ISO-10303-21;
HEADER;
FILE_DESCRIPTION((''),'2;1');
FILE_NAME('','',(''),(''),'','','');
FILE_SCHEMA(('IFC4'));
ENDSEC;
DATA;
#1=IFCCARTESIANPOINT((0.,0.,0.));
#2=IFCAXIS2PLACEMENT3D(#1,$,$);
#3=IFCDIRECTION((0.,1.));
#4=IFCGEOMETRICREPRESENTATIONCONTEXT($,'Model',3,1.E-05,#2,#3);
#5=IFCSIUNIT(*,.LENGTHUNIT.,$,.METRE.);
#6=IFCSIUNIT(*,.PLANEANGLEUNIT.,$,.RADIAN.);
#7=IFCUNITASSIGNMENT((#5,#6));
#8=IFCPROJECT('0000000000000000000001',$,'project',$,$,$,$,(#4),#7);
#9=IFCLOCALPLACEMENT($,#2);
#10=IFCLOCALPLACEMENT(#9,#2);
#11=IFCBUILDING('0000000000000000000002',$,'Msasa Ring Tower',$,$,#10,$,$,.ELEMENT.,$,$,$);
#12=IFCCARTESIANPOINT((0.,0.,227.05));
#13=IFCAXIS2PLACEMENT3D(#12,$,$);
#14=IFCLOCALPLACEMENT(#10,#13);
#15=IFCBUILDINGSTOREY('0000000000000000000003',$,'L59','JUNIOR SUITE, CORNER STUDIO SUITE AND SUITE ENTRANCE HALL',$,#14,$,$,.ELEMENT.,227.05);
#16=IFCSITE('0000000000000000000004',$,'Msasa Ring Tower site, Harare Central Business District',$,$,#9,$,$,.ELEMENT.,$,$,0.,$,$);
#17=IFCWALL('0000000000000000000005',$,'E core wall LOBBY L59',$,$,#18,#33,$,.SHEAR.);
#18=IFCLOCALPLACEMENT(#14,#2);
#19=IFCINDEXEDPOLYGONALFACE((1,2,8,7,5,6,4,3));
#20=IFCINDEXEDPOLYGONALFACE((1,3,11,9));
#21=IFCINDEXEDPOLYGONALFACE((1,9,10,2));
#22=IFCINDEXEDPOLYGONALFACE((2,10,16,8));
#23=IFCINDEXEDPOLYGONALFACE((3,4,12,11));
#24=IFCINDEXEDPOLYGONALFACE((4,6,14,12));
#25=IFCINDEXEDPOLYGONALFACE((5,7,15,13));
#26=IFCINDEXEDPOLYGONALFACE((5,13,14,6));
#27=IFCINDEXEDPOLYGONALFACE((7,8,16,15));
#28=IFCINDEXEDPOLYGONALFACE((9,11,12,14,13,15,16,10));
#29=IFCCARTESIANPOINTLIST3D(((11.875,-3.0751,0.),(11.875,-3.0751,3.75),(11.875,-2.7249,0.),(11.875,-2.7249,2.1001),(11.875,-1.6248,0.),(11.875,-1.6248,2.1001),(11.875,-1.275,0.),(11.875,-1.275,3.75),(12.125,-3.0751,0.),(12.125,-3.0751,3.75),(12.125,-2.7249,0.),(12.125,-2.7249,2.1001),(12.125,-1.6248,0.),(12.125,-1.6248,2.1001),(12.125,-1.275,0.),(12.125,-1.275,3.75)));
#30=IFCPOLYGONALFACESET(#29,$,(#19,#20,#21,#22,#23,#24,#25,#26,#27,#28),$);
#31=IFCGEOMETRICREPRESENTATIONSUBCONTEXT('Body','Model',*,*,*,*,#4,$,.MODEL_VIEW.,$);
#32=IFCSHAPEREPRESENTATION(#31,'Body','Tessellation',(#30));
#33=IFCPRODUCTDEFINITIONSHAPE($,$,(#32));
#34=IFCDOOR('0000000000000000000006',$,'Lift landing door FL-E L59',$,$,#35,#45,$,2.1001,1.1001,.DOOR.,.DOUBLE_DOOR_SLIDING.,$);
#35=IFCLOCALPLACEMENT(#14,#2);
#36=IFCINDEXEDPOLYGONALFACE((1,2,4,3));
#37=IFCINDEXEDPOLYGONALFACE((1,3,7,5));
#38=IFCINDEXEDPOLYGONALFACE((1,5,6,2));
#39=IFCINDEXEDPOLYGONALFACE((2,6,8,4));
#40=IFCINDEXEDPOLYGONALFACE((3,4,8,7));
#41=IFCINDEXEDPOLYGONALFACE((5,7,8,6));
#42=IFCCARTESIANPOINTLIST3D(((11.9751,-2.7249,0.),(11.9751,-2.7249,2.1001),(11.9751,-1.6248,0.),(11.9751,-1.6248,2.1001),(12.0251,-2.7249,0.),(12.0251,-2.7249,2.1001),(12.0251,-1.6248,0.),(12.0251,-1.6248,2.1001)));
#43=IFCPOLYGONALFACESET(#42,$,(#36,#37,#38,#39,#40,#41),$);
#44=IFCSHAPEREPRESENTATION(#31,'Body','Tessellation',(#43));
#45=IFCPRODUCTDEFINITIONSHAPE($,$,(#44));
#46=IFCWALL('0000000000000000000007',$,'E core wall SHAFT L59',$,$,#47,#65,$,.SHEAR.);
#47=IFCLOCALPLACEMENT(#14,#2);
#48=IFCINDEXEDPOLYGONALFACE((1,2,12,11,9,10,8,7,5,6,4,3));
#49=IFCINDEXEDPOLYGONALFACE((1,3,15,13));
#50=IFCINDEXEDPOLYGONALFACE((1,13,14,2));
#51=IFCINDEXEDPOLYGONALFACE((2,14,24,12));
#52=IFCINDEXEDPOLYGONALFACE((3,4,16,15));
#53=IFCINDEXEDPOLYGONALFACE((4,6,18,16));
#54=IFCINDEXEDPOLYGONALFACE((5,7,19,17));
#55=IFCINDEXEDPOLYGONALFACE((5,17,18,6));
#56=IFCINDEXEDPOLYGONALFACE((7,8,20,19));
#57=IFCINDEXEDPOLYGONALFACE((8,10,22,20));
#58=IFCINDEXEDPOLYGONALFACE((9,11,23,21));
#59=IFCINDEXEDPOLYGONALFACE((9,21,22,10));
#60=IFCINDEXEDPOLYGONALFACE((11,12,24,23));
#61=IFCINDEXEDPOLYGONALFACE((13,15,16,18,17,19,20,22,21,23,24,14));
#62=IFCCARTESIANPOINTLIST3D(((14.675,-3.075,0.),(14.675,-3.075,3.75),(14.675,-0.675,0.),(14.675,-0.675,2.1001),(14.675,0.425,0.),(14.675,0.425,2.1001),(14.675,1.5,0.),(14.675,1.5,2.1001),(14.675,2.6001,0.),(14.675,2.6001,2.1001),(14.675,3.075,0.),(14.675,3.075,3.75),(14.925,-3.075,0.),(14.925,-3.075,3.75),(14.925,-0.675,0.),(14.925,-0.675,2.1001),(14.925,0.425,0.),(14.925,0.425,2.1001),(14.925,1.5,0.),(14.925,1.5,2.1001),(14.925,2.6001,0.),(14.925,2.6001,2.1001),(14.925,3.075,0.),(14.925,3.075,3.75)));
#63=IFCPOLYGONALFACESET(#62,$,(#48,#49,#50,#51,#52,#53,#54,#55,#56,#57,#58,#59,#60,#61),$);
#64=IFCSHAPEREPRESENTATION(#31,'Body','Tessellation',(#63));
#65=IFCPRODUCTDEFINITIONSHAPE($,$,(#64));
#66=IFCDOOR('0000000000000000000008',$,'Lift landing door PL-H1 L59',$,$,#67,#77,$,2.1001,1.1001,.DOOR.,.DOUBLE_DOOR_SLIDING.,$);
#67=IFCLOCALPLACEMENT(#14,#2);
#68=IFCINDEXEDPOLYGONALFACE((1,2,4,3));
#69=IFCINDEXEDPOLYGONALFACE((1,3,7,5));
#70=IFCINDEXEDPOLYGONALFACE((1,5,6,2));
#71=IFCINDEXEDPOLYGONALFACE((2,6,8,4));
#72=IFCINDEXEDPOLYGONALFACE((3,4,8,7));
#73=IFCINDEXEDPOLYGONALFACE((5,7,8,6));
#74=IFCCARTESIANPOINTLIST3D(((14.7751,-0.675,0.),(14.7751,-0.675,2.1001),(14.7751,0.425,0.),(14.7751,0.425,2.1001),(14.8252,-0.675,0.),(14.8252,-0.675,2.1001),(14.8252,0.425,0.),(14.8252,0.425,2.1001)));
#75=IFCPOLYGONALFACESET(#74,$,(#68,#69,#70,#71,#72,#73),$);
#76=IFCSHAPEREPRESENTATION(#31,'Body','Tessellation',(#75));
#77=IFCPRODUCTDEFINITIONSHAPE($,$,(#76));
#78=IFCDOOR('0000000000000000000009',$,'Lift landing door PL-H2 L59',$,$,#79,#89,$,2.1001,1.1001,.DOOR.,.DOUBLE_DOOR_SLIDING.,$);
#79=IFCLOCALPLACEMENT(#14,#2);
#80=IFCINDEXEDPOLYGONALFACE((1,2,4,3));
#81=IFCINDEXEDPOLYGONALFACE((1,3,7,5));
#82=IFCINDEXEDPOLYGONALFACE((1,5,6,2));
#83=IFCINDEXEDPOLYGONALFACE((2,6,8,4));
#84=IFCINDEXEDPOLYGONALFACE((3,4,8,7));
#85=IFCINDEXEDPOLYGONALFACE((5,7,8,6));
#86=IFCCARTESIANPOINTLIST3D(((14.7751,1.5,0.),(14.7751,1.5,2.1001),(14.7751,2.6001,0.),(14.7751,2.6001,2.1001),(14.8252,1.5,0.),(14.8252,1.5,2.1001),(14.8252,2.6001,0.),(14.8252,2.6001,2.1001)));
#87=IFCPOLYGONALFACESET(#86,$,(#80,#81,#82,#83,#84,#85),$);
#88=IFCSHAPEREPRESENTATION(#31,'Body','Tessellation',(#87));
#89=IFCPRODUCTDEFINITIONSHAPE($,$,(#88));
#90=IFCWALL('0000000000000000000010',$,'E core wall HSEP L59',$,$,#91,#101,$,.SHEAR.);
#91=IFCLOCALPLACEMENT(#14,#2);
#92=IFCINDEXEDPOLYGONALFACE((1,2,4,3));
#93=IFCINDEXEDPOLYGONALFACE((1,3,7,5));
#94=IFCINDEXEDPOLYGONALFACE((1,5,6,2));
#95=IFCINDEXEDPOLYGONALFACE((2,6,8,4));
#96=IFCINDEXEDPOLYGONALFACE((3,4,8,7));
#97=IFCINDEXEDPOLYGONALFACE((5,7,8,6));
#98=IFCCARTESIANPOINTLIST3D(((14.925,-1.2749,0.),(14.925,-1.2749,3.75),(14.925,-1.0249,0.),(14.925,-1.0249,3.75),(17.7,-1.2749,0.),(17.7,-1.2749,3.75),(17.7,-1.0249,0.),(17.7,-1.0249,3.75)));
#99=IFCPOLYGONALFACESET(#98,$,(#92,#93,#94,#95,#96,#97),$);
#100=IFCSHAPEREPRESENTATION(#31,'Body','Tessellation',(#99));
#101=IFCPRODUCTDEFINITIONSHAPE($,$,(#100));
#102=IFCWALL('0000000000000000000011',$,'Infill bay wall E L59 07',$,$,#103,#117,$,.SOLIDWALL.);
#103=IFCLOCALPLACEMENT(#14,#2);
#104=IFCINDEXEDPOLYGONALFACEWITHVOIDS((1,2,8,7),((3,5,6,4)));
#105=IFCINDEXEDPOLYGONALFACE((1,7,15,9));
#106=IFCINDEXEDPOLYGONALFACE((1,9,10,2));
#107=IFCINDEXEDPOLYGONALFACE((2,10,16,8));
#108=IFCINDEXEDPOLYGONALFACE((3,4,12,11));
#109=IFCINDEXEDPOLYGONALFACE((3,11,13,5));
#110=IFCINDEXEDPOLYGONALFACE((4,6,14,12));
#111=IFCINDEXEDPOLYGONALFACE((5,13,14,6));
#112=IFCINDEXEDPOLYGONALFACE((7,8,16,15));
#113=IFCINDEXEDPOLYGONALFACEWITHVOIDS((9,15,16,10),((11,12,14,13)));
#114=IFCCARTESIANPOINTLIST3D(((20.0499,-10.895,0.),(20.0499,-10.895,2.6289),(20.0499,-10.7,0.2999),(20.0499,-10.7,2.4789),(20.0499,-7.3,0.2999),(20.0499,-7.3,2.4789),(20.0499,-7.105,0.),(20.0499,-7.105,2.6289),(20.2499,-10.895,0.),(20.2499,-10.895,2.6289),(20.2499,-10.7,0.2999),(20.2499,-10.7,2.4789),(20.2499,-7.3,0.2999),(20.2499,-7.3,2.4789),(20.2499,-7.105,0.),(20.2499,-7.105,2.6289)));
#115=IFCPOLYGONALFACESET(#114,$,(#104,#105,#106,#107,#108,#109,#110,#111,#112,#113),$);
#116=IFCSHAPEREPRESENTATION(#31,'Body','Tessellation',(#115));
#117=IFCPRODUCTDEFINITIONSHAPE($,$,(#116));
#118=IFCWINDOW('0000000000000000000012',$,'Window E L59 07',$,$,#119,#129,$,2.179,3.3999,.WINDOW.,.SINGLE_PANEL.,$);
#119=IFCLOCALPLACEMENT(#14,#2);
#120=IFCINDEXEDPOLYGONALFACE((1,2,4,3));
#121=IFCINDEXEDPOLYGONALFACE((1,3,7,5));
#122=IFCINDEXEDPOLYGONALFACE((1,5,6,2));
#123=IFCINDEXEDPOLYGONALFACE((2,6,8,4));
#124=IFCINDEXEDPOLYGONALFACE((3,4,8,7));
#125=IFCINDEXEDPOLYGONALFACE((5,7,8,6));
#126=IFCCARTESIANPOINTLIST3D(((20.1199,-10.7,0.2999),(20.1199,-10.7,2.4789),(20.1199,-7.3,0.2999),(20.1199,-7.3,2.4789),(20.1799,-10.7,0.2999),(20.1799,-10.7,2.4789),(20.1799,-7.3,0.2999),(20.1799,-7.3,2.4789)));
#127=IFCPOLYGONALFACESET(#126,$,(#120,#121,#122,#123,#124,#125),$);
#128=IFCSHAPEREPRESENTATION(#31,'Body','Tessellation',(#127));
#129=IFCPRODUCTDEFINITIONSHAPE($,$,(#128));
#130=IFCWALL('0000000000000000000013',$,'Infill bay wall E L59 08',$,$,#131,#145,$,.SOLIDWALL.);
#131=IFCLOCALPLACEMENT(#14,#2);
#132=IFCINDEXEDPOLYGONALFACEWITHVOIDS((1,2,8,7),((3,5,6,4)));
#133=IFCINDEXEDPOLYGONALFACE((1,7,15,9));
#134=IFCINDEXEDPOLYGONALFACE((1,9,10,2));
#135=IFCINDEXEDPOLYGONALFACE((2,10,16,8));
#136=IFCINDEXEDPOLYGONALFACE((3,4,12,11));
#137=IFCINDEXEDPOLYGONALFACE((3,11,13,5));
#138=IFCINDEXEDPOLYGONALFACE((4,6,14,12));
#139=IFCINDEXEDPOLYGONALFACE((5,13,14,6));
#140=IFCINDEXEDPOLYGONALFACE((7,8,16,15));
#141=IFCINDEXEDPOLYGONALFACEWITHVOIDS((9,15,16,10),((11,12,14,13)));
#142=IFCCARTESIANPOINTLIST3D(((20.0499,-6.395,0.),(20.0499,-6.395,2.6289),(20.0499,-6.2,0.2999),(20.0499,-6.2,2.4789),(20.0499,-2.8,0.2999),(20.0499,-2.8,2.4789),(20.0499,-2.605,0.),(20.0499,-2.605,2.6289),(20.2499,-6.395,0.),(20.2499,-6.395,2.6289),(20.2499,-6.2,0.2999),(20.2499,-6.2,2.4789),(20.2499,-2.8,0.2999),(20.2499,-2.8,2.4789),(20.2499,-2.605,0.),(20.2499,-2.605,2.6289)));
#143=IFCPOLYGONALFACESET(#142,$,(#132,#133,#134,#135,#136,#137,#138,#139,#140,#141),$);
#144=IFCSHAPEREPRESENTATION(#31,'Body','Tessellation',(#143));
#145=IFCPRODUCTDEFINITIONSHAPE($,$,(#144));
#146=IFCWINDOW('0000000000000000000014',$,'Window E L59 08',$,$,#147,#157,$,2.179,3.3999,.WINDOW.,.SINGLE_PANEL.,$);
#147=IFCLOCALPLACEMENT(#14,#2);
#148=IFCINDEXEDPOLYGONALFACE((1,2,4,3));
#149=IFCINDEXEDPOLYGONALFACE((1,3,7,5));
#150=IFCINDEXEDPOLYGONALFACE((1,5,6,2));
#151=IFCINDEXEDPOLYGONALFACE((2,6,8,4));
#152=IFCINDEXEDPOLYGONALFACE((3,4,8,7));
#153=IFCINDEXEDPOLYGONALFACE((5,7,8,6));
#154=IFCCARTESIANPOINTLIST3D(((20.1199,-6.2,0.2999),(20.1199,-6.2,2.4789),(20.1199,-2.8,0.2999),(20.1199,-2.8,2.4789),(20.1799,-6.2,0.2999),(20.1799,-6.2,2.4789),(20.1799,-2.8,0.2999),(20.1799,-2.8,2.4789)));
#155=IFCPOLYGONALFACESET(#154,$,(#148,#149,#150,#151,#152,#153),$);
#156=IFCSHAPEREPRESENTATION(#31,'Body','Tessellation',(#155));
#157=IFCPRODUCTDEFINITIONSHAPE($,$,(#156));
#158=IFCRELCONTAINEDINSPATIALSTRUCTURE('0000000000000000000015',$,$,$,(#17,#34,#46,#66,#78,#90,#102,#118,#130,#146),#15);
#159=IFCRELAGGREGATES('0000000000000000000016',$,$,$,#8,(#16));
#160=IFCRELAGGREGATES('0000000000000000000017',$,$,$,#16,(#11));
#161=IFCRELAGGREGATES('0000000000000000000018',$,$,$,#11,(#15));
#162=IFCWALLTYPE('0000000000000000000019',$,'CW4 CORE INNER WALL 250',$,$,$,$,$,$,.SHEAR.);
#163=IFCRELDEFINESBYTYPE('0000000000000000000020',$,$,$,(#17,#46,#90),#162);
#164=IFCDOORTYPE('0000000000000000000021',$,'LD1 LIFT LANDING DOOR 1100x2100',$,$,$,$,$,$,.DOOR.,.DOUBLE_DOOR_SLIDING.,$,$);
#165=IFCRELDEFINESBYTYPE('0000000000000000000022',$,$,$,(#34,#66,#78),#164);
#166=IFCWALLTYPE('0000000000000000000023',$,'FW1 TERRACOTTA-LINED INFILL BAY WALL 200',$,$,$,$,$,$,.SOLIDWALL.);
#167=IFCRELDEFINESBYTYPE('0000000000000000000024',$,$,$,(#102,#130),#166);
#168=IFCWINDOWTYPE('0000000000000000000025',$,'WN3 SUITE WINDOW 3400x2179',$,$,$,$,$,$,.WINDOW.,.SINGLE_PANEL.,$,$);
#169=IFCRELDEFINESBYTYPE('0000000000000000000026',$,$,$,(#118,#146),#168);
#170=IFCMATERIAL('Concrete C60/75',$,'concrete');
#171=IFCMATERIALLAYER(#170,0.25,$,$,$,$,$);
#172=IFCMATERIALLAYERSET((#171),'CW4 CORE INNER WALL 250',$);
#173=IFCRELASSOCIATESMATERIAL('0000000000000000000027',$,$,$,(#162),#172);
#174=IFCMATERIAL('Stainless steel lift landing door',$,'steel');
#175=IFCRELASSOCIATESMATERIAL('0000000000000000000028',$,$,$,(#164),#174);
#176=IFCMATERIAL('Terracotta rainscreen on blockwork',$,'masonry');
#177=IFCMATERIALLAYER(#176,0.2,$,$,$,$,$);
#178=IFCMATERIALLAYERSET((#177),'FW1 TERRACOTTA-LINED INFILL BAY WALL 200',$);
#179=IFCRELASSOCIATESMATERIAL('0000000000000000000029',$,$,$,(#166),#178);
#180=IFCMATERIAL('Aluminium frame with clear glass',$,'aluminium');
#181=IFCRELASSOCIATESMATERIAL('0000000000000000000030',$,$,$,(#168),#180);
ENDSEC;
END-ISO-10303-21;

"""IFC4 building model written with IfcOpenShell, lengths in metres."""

from ifc_helpers import new_model, si_unit, direction, frame, frame_2d, origin, place, context, subcontext, project, spatial, rectangle, extrude, material, layer, layer_set, type_object, element, fill, save


model = new_model("IFC4")

# Units and contexts
model_context = context("Model", 3, precision=1e-05, world=origin(), true_north=direction((0.0, 1.0)))
body_context = subcontext(model_context, "Body", "Model", "MODEL_VIEW")
ifc_project = project(units=[si_unit("LENGTHUNIT", "METRE"), si_unit("PLANEANGLEUNIT", "RADIAN")], contexts=[model_context])

# Site, building, storey
site_placement = place(None, origin())
site = spatial("IfcSite", under=ifc_project, at=site_placement, Name="Msasa Ring Tower site, Harare Central Business District", CompositionType="ELEMENT", RefElevation=0.0)
building_placement = place(site_placement, origin())
building = spatial("IfcBuilding", under=site, at=building_placement, Name="Msasa Ring Tower", CompositionType="ELEMENT")
storey_placement = place(building_placement, frame((0.0, 0.0, 227.05)))
storey = spatial("IfcBuildingStorey", under=building, at=storey_placement, Name="L59", Description="JUNIOR SUITE, CORNER STUDIO SUITE AND SUITE ENTRANCE HALL", CompositionType="ELEMENT", Elevation=227.05)

# Shared definitions
ifc_material_1 = material(Name="Concrete C60/75", Category="concrete")
ifc_layer_1 = layer(ifc_material_1, 0.25)
ifc_layer_set_1 = layer_set([ifc_layer_1], Name="CW4 CORE INNER WALL 250")
wall_type_1 = type_object("IfcWallType", Name="CW4 CORE INNER WALL 250", PredefinedType="SHEAR", material=ifc_layer_set_1)

# Wall, opening, door
wall_1_placement = place(storey_placement, frame((12.0, -3.075, 0.0), z_axis=(0.0, 0.0, 1.0), x_axis=(0.0, 1.0, 0.0)))
wall_1 = element("IfcWall", 1, at=wall_1_placement, inside=storey, type_object=wall_type_1, Name="E core wall LOBBY L59", PredefinedType="SHEAR", context=body_context, shape_type="SweptSolid", body=[
    extrude(rectangle(XDim=1.8, YDim=0.25, at=frame_2d((0.8999, 0.0))), origin(), (0.0, 0.0, 1.0), 3.75),
])
opening_1_placement = place(wall_1_placement, frame((0.3501, 0.0, 0.0)))
opening_1 = element("IfcOpeningElement", 2, at=opening_1_placement, cuts=wall_1, PredefinedType="OPENING", context=body_context, shape_type="SweptSolid", body=[
    extrude(rectangle(XDim=1.1001, YDim=2.1001, at=frame_2d((0.55, 1.05))), frame((0.0, 0.135, 0.0), z_axis=(0.0, -1.0, 0.0), x_axis=(1.0, 0.0, 0.0)), (0.0, 0.0, 1.0), 0.27),
])
ifc_material_2 = material(Name="Stainless steel lift landing door", Category="steel")
door_type_1 = type_object("IfcDoorType", Name="LD1 LIFT LANDING DOOR 1100x2100", OperationType="DOUBLE_DOOR_SLIDING", PredefinedType="DOOR", material=ifc_material_2)
door_1_placement = place(opening_1_placement, origin())
door_1 = element("IfcDoor", 3, at=door_1_placement, inside=storey, type_object=door_type_1, Name="Lift landing door FL-E L59", OperationType="DOUBLE_DOOR_SLIDING", OverallHeight=2.1001, OverallWidth=1.1001, PredefinedType="DOOR", context=body_context, shape_type="SweptSolid", body=[
    extrude(rectangle(XDim=1.1001, YDim=2.1001, at=frame_2d((0.55, 1.05))), frame((0.0, 0.0249, 0.0), z_axis=(0.0, -1.0, 0.0), x_axis=(1.0, 0.0, 0.0)), (0.0, 0.0, 1.0), 0.05),
])
fill(opening_1, door_1)

# Wall, openings, doors
wall_2_placement = place(storey_placement, frame((14.8, -3.075, 0.0), z_axis=(0.0, 0.0, 1.0), x_axis=(0.0, 1.0, 0.0)))
wall_2 = element("IfcWall", 4, at=wall_2_placement, inside=storey, type_object=wall_type_1, Name="E core wall SHAFT L59", PredefinedType="SHEAR", context=body_context, shape_type="SweptSolid", body=[
    extrude(rectangle(XDim=6.1499, YDim=0.25, at=frame_2d((3.075, 0.0))), origin(), (0.0, 0.0, 1.0), 3.75),
])
opening_2_placement = place(wall_2_placement, frame((2.3999, 0.0, 0.0)))
opening_2 = element("IfcOpeningElement", 5, at=opening_2_placement, cuts=wall_2, PredefinedType="OPENING", context=body_context, shape_type="SweptSolid", body=[
    extrude(rectangle(XDim=1.1001, YDim=2.1001, at=frame_2d((0.55, 1.05))), frame((0.0, 0.135, 0.0), z_axis=(0.0, -1.0, 0.0), x_axis=(1.0, 0.0, 0.0)), (0.0, 0.0, 1.0), 0.27),
])
opening_3_placement = place(wall_2_placement, frame((4.575, 0.0, 0.0)))
opening_3 = element("IfcOpeningElement", 6, at=opening_3_placement, cuts=wall_2, PredefinedType="OPENING", context=body_context, shape_type="SweptSolid", body=[
    extrude(rectangle(XDim=1.1001, YDim=2.1001, at=frame_2d((0.55, 1.05))), frame((0.0, 0.135, 0.0), z_axis=(0.0, -1.0, 0.0), x_axis=(1.0, 0.0, 0.0)), (0.0, 0.0, 1.0), 0.27),
])
door_2_placement = place(opening_2_placement, origin())
door_2 = element("IfcDoor", 7, at=door_2_placement, inside=storey, type_object=door_type_1, Name="Lift landing door PL-H1 L59", OperationType="DOUBLE_DOOR_SLIDING", OverallHeight=2.1001, OverallWidth=1.1001, PredefinedType="DOOR", context=body_context, shape_type="SweptSolid", body=[
    extrude(rectangle(XDim=1.1001, YDim=2.1001, at=frame_2d((0.55, 1.05))), frame((0.0, 0.0249, 0.0), z_axis=(0.0, -1.0, 0.0), x_axis=(1.0, 0.0, 0.0)), (0.0, 0.0, 1.0), 0.05),
])
fill(opening_2, door_2)
door_3_placement = place(opening_3_placement, origin())
door_3 = element("IfcDoor", 8, at=door_3_placement, inside=storey, type_object=door_type_1, Name="Lift landing door PL-H2 L59", OperationType="DOUBLE_DOOR_SLIDING", OverallHeight=2.1001, OverallWidth=1.1001, PredefinedType="DOOR", context=body_context, shape_type="SweptSolid", body=[
    extrude(rectangle(XDim=1.1001, YDim=2.1001, at=frame_2d((0.55, 1.05))), frame((0.0, 0.0249, 0.0), z_axis=(0.0, -1.0, 0.0), x_axis=(1.0, 0.0, 0.0)), (0.0, 0.0, 1.0), 0.05),
])
fill(opening_3, door_3)

# Wall
wall_3_placement = place(storey_placement, frame((14.925, -1.1499, 0.0), z_axis=(0.0, 0.0, 1.0), x_axis=(1.0, 0.0, 0.0)))
element("IfcWall", 9, at=wall_3_placement, inside=storey, type_object=wall_type_1, Name="E core wall HSEP L59", PredefinedType="SHEAR", context=body_context, shape_type="SweptSolid", body=[
    extrude(rectangle(XDim=2.7749, YDim=0.25, at=frame_2d((1.3875, 0.0))), origin(), (0.0, 0.0, 1.0), 3.75),
])

# Walls, openings, windows
ifc_material_3 = material(Name="Terracotta rainscreen on blockwork", Category="masonry")
ifc_layer_2 = layer(ifc_material_3, 0.2)
ifc_layer_set_2 = layer_set([ifc_layer_2], Name="FW1 TERRACOTTA-LINED INFILL BAY WALL 200")
wall_type_2 = type_object("IfcWallType", Name="FW1 TERRACOTTA-LINED INFILL BAY WALL 200", PredefinedType="SOLIDWALL", material=ifc_layer_set_2)
wall_4_placement = place(storey_placement, frame((20.1499, -10.895, 0.0), z_axis=(0.0, 0.0, 1.0), x_axis=(0.0, 1.0, 0.0)))
wall_4 = element("IfcWall", 10, at=wall_4_placement, inside=storey, type_object=wall_type_2, Name="Infill bay wall E L59 07", PredefinedType="SOLIDWALL", context=body_context, shape_type="SweptSolid", body=[
    extrude(rectangle(XDim=3.79, YDim=0.2, at=frame_2d((1.895, 0.0))), origin(), (0.0, 0.0, 1.0), 2.6289),
])
opening_4_placement = place(wall_4_placement, frame((0.1951, 0.0, 0.3)))
opening_4 = element("IfcOpeningElement", 11, at=opening_4_placement, cuts=wall_4, PredefinedType="OPENING", context=body_context, shape_type="SweptSolid", body=[
    extrude(rectangle(XDim=3.3999, YDim=2.179, at=frame_2d((1.7, 1.0894))), frame((0.0, 0.1099, 0.0), z_axis=(0.0, -1.0, 0.0), x_axis=(1.0, 0.0, 0.0)), (0.0, 0.0, 1.0), 0.22),
])
ifc_material_4 = material(Name="Aluminium frame with clear glass", Category="aluminium")
window_type = type_object("IfcWindowType", Name="WN3 SUITE WINDOW 3400x2179", PartitioningType="SINGLE_PANEL", PredefinedType="WINDOW", material=ifc_material_4)
window_1_placement = place(opening_4_placement, origin())
window_1 = element("IfcWindow", 12, at=window_1_placement, inside=storey, type_object=window_type, Name="Window E L59 07", OverallHeight=2.179, OverallWidth=3.3999, PartitioningType="SINGLE_PANEL", PredefinedType="WINDOW", context=body_context, shape_type="SweptSolid", body=[
    extrude(rectangle(XDim=3.3999, YDim=2.179, at=frame_2d((1.7, 1.0894))), frame((0.0, 0.03, 0.0), z_axis=(0.0, -1.0, 0.0), x_axis=(1.0, 0.0, 0.0)), (0.0, 0.0, 1.0), 0.0601),
])
fill(opening_4, window_1)
wall_5_placement = place(storey_placement, frame((20.1499, -6.395, 0.0), z_axis=(0.0, 0.0, 1.0), x_axis=(0.0, 1.0, 0.0)))
wall_5 = element("IfcWall", 13, at=wall_5_placement, inside=storey, type_object=wall_type_2, Name="Infill bay wall E L59 08", PredefinedType="SOLIDWALL", context=body_context, shape_type="SweptSolid", body=[
    extrude(rectangle(XDim=3.79, YDim=0.2, at=frame_2d((1.895, 0.0))), origin(), (0.0, 0.0, 1.0), 2.6289),
])
opening_5_placement = place(wall_5_placement, frame((0.1951, 0.0, 0.3)))
opening_5 = element("IfcOpeningElement", 14, at=opening_5_placement, cuts=wall_5, PredefinedType="OPENING", context=body_context, shape_type="SweptSolid", body=[
    extrude(rectangle(XDim=3.3999, YDim=2.179, at=frame_2d((1.7, 1.0894))), frame((0.0, 0.1099, 0.0), z_axis=(0.0, -1.0, 0.0), x_axis=(1.0, 0.0, 0.0)), (0.0, 0.0, 1.0), 0.22),
])
window_2_placement = place(opening_5_placement, origin())
window_2 = element("IfcWindow", 15, at=window_2_placement, inside=storey, type_object=window_type, Name="Window E L59 08", OverallHeight=2.179, OverallWidth=3.3999, PartitioningType="SINGLE_PANEL", PredefinedType="WINDOW", context=body_context, shape_type="SweptSolid", body=[
    extrude(rectangle(XDim=3.3999, YDim=2.179, at=frame_2d((1.7, 1.0894))), frame((0.0, 0.03, 0.0), z_axis=(0.0, -1.0, 0.0), x_axis=(1.0, 0.0, 0.0)), (0.0, 0.0, 1.0), 0.0601),
])
fill(opening_5, window_2)

save(model, "model.ifc")
